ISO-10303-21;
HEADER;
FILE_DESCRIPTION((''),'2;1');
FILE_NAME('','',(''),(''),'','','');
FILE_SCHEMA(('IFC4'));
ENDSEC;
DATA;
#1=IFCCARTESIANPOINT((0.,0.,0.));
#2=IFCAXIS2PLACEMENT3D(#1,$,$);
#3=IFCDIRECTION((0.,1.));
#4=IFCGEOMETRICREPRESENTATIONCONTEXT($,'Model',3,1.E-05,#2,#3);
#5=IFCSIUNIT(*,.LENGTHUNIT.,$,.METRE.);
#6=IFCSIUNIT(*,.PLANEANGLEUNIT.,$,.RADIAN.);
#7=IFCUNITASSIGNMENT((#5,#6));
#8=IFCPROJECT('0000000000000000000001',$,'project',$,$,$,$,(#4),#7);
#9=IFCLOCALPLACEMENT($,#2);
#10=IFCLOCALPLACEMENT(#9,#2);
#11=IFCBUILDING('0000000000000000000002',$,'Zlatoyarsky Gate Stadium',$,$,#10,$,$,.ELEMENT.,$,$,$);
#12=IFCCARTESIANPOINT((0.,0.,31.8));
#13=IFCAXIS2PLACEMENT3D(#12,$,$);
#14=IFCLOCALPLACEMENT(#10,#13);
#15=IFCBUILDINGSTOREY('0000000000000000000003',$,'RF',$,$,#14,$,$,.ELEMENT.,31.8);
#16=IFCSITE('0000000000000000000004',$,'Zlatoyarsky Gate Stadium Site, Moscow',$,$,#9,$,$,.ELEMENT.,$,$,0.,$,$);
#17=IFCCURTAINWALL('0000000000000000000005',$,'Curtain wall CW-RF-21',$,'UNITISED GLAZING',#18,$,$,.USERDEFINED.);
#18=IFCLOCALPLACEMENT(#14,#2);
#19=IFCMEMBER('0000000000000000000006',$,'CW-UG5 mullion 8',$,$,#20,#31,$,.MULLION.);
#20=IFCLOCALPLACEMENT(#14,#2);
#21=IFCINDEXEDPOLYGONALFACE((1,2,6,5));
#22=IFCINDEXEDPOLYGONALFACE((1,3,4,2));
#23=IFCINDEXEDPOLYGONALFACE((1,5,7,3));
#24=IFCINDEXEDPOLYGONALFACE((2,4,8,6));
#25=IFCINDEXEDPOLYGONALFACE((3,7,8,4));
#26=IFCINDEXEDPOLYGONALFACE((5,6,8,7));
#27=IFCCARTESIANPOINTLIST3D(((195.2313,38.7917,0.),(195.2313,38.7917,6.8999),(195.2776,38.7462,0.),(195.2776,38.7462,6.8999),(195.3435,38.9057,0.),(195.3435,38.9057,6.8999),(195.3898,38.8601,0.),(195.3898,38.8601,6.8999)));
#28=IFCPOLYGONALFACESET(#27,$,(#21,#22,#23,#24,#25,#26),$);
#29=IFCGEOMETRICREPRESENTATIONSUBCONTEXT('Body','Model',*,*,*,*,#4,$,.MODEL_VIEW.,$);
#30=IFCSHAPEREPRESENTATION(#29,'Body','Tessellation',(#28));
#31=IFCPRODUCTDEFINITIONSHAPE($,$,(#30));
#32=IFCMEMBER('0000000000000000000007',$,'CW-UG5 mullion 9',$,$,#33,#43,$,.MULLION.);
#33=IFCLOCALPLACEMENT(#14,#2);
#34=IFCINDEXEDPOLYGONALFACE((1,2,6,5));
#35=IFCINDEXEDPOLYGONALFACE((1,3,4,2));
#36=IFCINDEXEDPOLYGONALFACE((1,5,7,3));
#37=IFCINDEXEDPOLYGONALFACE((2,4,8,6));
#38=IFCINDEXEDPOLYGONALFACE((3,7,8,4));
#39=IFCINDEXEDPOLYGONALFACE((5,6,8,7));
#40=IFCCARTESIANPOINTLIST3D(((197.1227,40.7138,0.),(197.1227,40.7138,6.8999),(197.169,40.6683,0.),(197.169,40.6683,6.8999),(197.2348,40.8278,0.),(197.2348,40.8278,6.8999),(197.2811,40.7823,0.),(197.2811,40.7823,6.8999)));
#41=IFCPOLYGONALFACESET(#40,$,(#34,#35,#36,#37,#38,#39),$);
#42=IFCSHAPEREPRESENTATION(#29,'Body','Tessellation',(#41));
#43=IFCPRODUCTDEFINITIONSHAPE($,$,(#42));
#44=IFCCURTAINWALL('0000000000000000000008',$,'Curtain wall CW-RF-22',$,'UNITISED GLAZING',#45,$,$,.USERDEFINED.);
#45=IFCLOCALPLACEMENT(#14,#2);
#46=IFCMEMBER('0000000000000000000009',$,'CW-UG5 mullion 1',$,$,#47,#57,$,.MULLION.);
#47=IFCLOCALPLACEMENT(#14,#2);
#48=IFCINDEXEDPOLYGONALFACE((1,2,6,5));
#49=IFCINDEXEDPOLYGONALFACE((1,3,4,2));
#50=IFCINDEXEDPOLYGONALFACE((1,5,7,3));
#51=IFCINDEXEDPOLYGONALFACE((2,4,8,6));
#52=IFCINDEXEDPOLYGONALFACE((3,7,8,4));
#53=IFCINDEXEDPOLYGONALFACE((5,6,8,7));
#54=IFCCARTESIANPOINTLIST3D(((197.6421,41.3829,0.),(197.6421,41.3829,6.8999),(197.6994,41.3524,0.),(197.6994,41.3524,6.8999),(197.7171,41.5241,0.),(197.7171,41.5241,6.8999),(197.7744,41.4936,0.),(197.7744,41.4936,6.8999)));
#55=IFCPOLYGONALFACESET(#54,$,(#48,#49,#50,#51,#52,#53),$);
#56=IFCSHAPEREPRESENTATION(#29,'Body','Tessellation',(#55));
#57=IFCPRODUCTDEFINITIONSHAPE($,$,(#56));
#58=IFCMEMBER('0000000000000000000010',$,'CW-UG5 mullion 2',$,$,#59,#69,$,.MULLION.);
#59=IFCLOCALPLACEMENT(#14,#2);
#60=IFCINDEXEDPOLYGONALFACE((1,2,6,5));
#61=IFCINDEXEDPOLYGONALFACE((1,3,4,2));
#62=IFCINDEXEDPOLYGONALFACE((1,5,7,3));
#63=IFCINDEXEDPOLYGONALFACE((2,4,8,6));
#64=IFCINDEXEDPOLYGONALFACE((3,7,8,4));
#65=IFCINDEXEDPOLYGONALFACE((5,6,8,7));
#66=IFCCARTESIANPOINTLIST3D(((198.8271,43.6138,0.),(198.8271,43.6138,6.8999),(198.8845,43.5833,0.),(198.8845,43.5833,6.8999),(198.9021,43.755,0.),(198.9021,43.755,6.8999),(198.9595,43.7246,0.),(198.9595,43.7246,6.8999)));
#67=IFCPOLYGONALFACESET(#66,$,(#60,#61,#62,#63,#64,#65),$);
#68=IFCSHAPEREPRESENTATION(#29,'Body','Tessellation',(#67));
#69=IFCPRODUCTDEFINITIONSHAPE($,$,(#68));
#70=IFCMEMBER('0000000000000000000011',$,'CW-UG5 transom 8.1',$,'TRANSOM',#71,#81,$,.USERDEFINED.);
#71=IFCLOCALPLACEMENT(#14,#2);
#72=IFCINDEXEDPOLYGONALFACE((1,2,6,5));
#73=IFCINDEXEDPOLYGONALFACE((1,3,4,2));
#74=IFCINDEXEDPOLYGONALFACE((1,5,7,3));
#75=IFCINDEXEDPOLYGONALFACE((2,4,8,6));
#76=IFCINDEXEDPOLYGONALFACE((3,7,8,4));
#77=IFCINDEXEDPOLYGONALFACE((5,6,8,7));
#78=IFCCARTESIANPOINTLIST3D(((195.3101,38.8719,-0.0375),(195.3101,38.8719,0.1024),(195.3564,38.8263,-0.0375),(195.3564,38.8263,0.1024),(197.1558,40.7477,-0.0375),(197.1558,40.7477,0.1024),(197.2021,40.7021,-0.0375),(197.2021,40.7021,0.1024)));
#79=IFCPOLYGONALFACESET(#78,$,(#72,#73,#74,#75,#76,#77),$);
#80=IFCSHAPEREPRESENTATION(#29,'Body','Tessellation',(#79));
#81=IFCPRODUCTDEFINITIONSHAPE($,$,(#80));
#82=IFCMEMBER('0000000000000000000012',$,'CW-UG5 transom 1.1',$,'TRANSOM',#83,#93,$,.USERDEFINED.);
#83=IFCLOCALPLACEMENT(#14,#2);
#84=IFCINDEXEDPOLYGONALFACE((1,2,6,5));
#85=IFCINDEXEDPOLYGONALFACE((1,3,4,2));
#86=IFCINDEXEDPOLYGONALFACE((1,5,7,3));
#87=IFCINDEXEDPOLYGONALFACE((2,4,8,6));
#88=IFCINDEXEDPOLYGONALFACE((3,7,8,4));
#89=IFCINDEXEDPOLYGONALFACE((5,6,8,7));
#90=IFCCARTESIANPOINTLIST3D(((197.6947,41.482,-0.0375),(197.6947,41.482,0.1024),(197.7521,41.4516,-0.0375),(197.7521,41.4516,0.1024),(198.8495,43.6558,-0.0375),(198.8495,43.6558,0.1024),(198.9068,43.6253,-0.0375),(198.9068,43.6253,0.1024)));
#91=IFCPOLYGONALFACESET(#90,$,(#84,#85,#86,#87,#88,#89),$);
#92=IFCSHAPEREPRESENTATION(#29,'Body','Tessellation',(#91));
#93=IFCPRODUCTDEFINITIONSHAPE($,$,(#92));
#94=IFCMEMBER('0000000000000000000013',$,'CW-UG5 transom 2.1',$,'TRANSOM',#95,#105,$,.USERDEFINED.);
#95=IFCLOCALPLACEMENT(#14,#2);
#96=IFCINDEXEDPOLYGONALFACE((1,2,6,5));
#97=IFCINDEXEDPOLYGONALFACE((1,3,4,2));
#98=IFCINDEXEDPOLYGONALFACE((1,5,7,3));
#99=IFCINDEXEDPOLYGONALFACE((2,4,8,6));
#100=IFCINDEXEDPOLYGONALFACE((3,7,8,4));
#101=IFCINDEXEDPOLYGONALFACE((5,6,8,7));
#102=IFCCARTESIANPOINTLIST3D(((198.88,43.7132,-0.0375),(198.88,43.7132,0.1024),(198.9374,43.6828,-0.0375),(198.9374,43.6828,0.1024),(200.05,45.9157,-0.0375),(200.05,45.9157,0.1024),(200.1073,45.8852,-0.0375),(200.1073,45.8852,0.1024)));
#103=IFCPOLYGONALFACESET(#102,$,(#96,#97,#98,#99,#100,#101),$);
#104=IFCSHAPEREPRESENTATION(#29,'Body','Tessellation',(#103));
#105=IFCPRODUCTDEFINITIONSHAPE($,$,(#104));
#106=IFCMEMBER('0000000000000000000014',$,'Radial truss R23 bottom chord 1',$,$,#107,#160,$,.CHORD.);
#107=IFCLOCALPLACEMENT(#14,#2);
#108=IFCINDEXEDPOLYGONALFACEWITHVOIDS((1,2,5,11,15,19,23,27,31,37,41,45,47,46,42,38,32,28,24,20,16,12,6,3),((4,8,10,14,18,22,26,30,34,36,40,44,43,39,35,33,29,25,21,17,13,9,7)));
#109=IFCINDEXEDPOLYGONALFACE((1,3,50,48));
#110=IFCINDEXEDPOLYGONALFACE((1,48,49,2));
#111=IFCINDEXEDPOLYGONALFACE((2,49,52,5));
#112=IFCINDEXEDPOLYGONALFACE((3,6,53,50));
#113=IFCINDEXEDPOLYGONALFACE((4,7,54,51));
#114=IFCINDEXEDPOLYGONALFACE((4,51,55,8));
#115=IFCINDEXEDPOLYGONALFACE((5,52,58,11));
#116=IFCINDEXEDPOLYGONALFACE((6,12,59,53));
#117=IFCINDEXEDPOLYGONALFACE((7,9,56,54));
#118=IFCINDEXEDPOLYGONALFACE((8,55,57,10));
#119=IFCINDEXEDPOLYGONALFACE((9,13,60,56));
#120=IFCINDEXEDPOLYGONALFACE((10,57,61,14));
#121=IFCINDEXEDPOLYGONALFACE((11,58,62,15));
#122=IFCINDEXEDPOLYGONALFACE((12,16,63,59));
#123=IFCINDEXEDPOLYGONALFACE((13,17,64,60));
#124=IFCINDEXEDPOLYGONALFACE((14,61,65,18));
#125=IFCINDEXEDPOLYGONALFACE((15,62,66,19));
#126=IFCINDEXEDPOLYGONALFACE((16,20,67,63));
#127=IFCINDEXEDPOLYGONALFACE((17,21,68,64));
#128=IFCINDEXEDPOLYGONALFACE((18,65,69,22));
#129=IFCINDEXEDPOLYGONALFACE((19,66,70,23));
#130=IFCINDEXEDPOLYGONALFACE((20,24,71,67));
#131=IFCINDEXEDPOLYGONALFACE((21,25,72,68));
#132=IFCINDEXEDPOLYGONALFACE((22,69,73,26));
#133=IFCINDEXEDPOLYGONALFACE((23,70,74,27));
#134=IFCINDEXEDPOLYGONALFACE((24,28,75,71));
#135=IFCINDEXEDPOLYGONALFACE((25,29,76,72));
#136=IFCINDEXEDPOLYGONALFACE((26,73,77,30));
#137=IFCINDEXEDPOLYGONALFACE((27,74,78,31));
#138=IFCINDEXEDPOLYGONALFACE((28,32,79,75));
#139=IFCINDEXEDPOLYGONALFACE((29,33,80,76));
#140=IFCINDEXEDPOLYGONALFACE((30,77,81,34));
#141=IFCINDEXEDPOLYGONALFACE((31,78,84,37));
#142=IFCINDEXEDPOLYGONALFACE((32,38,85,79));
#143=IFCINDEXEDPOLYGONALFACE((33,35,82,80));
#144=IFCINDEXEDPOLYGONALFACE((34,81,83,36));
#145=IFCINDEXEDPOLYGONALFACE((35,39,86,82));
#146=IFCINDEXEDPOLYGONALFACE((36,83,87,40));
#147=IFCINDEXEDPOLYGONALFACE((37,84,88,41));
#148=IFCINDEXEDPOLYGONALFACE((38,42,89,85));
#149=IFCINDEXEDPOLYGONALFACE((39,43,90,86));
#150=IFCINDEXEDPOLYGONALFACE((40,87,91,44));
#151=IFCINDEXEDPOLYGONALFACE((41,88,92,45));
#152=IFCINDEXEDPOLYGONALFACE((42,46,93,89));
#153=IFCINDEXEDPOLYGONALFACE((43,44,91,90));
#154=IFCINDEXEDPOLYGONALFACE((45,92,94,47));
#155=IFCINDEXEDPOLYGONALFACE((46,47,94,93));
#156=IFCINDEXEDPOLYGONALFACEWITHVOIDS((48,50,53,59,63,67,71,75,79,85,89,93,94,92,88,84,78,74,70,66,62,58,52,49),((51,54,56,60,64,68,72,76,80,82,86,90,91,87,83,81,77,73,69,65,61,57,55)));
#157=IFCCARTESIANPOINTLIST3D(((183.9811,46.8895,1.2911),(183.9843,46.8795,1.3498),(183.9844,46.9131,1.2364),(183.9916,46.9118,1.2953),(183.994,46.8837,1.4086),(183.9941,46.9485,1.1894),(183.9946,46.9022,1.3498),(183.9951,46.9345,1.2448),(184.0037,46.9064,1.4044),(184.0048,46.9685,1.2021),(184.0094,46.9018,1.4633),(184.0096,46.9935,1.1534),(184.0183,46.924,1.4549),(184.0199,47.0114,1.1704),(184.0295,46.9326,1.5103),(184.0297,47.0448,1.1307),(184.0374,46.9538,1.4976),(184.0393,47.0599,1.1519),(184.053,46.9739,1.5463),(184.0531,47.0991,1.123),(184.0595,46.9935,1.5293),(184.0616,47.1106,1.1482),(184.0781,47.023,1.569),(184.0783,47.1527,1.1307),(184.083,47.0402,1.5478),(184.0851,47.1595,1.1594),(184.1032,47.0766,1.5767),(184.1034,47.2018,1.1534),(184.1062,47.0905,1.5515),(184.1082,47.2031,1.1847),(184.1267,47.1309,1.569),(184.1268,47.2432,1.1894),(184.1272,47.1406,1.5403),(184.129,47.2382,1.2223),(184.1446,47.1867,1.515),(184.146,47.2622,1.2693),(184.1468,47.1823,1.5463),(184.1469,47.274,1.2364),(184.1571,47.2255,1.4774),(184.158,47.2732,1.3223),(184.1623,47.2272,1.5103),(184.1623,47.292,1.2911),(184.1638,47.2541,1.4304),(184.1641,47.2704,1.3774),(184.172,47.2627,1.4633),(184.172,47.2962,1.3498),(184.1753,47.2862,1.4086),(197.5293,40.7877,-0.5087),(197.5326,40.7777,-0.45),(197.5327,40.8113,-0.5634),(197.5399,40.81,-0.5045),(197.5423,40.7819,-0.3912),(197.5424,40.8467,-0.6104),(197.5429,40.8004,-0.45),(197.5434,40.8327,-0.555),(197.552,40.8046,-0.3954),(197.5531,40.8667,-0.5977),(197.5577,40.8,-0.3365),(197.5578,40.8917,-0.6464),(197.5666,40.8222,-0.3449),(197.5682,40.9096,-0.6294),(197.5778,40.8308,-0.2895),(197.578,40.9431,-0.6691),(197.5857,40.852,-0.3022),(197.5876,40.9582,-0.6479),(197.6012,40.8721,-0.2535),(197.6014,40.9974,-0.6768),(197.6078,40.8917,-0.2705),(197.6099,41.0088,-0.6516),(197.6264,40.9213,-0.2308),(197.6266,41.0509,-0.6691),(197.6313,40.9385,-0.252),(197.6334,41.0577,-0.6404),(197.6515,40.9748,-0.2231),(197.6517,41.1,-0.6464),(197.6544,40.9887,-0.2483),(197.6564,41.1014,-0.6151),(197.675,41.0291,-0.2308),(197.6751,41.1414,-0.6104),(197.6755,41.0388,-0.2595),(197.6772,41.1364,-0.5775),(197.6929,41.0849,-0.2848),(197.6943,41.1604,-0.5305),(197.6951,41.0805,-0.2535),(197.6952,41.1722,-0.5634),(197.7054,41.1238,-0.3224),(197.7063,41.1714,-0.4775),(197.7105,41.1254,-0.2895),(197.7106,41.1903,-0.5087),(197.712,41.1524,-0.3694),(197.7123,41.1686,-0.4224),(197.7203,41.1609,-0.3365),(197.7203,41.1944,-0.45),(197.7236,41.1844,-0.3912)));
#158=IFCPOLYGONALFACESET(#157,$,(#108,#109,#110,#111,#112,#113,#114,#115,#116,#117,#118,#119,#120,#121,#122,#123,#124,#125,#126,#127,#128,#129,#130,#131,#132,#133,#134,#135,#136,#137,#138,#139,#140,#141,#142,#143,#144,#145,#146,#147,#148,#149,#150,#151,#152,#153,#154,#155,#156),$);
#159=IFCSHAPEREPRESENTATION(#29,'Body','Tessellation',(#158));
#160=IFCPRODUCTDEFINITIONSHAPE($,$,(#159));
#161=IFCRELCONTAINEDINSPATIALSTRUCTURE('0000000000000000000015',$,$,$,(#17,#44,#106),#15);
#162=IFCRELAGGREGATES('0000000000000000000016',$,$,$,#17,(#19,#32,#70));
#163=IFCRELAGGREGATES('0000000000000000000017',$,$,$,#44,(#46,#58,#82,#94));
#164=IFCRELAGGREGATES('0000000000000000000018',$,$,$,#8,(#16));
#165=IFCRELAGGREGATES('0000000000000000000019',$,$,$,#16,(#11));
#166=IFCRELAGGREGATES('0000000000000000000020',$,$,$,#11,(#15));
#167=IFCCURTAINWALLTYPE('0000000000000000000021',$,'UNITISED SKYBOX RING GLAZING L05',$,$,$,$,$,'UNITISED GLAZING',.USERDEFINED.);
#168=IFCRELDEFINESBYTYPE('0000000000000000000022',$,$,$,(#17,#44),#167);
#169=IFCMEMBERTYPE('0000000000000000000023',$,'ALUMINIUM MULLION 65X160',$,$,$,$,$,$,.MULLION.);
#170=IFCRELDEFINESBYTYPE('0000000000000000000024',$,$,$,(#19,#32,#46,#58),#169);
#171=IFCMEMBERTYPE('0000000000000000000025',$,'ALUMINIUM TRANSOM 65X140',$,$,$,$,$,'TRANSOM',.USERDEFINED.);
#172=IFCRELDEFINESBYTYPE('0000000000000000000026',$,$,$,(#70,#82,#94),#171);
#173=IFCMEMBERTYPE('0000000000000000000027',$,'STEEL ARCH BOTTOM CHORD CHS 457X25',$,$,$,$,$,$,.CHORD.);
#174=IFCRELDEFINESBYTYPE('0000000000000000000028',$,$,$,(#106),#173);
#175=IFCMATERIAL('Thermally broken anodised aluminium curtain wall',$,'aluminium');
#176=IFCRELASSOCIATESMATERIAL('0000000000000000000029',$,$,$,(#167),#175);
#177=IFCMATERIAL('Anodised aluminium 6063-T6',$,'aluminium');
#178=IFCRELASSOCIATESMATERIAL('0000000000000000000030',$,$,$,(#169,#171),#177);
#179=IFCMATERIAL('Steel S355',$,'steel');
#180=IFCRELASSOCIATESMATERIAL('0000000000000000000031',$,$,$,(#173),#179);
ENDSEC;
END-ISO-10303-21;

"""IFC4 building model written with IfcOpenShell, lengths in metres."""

from ifc_helpers import new_model, si_unit, direction, frame, origin, origin_2d, place, context, subcontext, project, spatial, rectangle, hollow_circle, extrude, material, material_profile, profile_set, type_object, element, aggregate, save


model = new_model("IFC4")

# Units and contexts
model_context = context("Model", 3, precision=1e-05, world=origin(), true_north=direction((0.0, 1.0)))
body_context = subcontext(model_context, "Body", "Model", "MODEL_VIEW")
ifc_project = project(units=[si_unit("LENGTHUNIT", "METRE"), si_unit("PLANEANGLEUNIT", "RADIAN")], contexts=[model_context])

# Site, building, storey
site_placement = place(None, origin())
site = spatial("IfcSite", under=ifc_project, at=site_placement, Name="Zlatoyarsky Gate Stadium Site, Moscow", CompositionType="ELEMENT", RefElevation=0.0)
building_placement = place(site_placement, origin())
building = spatial("IfcBuilding", under=site, at=building_placement, Name="Zlatoyarsky Gate Stadium", CompositionType="ELEMENT")
storey_placement = place(building_placement, frame((0.0, 0.0, 31.8)))
storey = spatial("IfcBuildingStorey", under=building, at=storey_placement, Name="RF", CompositionType="ELEMENT", Elevation=31.8)

# Curtain walls, members
ifc_material_1 = material(Name="Thermally broken anodised aluminium curtain wall", Category="aluminium")
curtain_wall_type = type_object("IfcCurtainWallType", Name="UNITISED SKYBOX RING GLAZING L05", ElementType="UNITISED GLAZING", PredefinedType="USERDEFINED", material=ifc_material_1)
curtain_wall_1_placement = place(storey_placement, origin())
curtain_wall_1 = element("IfcCurtainWall", 1, at=curtain_wall_1_placement, inside=storey, type_object=curtain_wall_type, Name="Curtain wall CW-RF-21", ObjectType="UNITISED GLAZING", PredefinedType="USERDEFINED")
ifc_material_2 = material(Name="Anodised aluminium 6063-T6", Category="aluminium")
ifc_material_profile_1 = material_profile(ifc_material_2, rectangle(XDim=0.0649, YDim=0.1599, at=origin_2d()), Name="ALU 65X160")
ifc_profile_set_1 = profile_set([ifc_material_profile_1], Name="Anodised aluminium 6063-T6")
member_type_1 = type_object("IfcMemberType", Name="ALUMINIUM MULLION 65X160", PredefinedType="MULLION", material=ifc_profile_set_1)
member_1_placement = place(storey_placement, frame((195.3105, 38.8259, 0.0), z_axis=(0.0, 0.0, 1.0), x_axis=(-0.712766, 0.701402, 0.0)))
member_1 = element("IfcMember", 2, at=member_1_placement, type_object=member_type_1, Name="CW-UG5 mullion 8", PredefinedType="MULLION", context=body_context, shape_type="SweptSolid", body=[
    extrude(rectangle(XDim=0.0649, YDim=0.1599, at=origin_2d()), origin(), (0.0, 0.0, 1.0), 6.8999),
])
member_2_placement = place(storey_placement, frame((197.2019, 40.748, 0.0), z_axis=(0.0, 0.0, 1.0), x_axis=(-0.712766, 0.701402, 0.0)))
member_2 = element("IfcMember", 3, at=member_2_placement, type_object=member_type_1, Name="CW-UG5 mullion 9", PredefinedType="MULLION", context=body_context, shape_type="SweptSolid", body=[
    extrude(rectangle(XDim=0.0649, YDim=0.1599, at=origin_2d()), origin(), (0.0, 0.0, 1.0), 6.8999),
])
curtain_wall_2_placement = place(storey_placement, origin())
curtain_wall_2 = element("IfcCurtainWall", 4, at=curtain_wall_2_placement, inside=storey, type_object=curtain_wall_type, Name="Curtain wall CW-RF-22", ObjectType="UNITISED GLAZING", PredefinedType="USERDEFINED")
member_3_placement = place(storey_placement, frame((197.7083, 41.4382, 0.0), z_axis=(0.0, 0.0, 1.0), x_axis=(-0.883131, 0.469127, 0.0)))
member_3 = element("IfcMember", 5, at=member_3_placement, type_object=member_type_1, Name="CW-UG5 mullion 1", PredefinedType="MULLION", context=body_context, shape_type="SweptSolid", body=[
    extrude(rectangle(XDim=0.0649, YDim=0.1599, at=origin_2d()), origin(), (0.0, 0.0, 1.0), 6.8999),
])
member_4_placement = place(storey_placement, frame((198.8933, 43.6692, 0.0), z_axis=(0.0, 0.0, 1.0), x_axis=(-0.883131, 0.469127, 0.0)))
member_4 = element("IfcMember", 6, at=member_4_placement, type_object=member_type_1, Name="CW-UG5 mullion 2", PredefinedType="MULLION", context=body_context, shape_type="SweptSolid", body=[
    extrude(rectangle(XDim=0.0649, YDim=0.1599, at=origin_2d()), origin(), (0.0, 0.0, 1.0), 6.8999),
])

# Members
ifc_material_profile_2 = material_profile(ifc_material_2, rectangle(XDim=0.0649, YDim=0.1399, at=origin_2d()), Name="ALU 65X140")
ifc_profile_set_2 = profile_set([ifc_material_profile_2], Name="Anodised aluminium 6063-T6")
member_type_2 = type_object("IfcMemberType", Name="ALUMINIUM TRANSOM 65X140", ElementType="TRANSOM", PredefinedType="USERDEFINED", material=ifc_profile_set_2)
member_5_placement = place(storey_placement, frame((195.3333, 38.8491, 0.0325), z_axis=(0.701378, 0.712789, 0.0), x_axis=(-0.712789, 0.701378, 0.0)))
member_5 = element("IfcMember", 7, at=member_5_placement, type_object=member_type_2, Name="CW-UG5 transom 8.1", ObjectType="TRANSOM", PredefinedType="USERDEFINED", context=body_context, shape_type="SweptSolid", body=[
    extrude(rectangle(XDim=0.0649, YDim=0.1399, at=origin_2d()), origin(), (0.0, 0.0, 1.0), 2.6316),
])
aggregate(curtain_wall_1, [member_1, member_2, member_5])
member_6_placement = place(storey_placement, frame((197.7234, 41.4668, 0.0325), z_axis=(0.469136, 0.883126, 0.0), x_axis=(-0.883126, 0.469136, 0.0)))
member_6 = element("IfcMember", 8, at=member_6_placement, type_object=member_type_2, Name="CW-UG5 transom 1.1", ObjectType="TRANSOM", PredefinedType="USERDEFINED", context=body_context, shape_type="SweptSolid", body=[
    extrude(rectangle(XDim=0.0649, YDim=0.1399, at=origin_2d()), origin(), (0.0, 0.0, 1.0), 2.4614),
])
member_7_placement = place(storey_placement, frame((198.9087, 43.698, 0.0325), z_axis=(0.469124, 0.883132, 0.0), x_axis=(-0.883132, 0.469124, 0.0)))
member_7 = element("IfcMember", 9, at=member_7_placement, type_object=member_type_2, Name="CW-UG5 transom 2.1", ObjectType="TRANSOM", PredefinedType="USERDEFINED", context=body_context, shape_type="SweptSolid", body=[
    extrude(rectangle(XDim=0.0649, YDim=0.1399, at=origin_2d()), origin(), (0.0, 0.0, 1.0), 2.4939),
])
aggregate(curtain_wall_2, [member_3, member_4, member_6, member_7])

# Member
ifc_material_3 = material(Name="Steel S355", Category="steel")
ifc_material_profile_3 = material_profile(ifc_material_3, hollow_circle(Radius=0.2285, WallThickness=0.0249, at=origin_2d()), Name="CHS 457X25")
ifc_profile_set_3 = profile_set([ifc_material_profile_3], Name="Steel S355")
member_type_3 = type_object("IfcMemberType", Name="STEEL ARCH BOTTOM CHORD CHS 457X25", PredefinedType="CHORD", material=ifc_profile_set_3)
member_8_placement = place(storey_placement, frame((197.6265, 40.9861, -0.45), z_axis=(-0.905178, 0.407668, 0.120247), x_axis=(-0.410647, -0.911794, 0.0)))
element("IfcMember", 10, at=member_8_placement, inside=storey, type_object=member_type_3, Name="Radial truss R23 bottom chord 1", PredefinedType="CHORD", context=body_context, shape_type="SweptSolid", body=[
    extrude(hollow_circle(Radius=0.2285, WallThickness=0.0249, at=origin_2d()), origin(), (0.0, 0.0, 1.0), 14.9675),
])

save(model, "model.ifc")
